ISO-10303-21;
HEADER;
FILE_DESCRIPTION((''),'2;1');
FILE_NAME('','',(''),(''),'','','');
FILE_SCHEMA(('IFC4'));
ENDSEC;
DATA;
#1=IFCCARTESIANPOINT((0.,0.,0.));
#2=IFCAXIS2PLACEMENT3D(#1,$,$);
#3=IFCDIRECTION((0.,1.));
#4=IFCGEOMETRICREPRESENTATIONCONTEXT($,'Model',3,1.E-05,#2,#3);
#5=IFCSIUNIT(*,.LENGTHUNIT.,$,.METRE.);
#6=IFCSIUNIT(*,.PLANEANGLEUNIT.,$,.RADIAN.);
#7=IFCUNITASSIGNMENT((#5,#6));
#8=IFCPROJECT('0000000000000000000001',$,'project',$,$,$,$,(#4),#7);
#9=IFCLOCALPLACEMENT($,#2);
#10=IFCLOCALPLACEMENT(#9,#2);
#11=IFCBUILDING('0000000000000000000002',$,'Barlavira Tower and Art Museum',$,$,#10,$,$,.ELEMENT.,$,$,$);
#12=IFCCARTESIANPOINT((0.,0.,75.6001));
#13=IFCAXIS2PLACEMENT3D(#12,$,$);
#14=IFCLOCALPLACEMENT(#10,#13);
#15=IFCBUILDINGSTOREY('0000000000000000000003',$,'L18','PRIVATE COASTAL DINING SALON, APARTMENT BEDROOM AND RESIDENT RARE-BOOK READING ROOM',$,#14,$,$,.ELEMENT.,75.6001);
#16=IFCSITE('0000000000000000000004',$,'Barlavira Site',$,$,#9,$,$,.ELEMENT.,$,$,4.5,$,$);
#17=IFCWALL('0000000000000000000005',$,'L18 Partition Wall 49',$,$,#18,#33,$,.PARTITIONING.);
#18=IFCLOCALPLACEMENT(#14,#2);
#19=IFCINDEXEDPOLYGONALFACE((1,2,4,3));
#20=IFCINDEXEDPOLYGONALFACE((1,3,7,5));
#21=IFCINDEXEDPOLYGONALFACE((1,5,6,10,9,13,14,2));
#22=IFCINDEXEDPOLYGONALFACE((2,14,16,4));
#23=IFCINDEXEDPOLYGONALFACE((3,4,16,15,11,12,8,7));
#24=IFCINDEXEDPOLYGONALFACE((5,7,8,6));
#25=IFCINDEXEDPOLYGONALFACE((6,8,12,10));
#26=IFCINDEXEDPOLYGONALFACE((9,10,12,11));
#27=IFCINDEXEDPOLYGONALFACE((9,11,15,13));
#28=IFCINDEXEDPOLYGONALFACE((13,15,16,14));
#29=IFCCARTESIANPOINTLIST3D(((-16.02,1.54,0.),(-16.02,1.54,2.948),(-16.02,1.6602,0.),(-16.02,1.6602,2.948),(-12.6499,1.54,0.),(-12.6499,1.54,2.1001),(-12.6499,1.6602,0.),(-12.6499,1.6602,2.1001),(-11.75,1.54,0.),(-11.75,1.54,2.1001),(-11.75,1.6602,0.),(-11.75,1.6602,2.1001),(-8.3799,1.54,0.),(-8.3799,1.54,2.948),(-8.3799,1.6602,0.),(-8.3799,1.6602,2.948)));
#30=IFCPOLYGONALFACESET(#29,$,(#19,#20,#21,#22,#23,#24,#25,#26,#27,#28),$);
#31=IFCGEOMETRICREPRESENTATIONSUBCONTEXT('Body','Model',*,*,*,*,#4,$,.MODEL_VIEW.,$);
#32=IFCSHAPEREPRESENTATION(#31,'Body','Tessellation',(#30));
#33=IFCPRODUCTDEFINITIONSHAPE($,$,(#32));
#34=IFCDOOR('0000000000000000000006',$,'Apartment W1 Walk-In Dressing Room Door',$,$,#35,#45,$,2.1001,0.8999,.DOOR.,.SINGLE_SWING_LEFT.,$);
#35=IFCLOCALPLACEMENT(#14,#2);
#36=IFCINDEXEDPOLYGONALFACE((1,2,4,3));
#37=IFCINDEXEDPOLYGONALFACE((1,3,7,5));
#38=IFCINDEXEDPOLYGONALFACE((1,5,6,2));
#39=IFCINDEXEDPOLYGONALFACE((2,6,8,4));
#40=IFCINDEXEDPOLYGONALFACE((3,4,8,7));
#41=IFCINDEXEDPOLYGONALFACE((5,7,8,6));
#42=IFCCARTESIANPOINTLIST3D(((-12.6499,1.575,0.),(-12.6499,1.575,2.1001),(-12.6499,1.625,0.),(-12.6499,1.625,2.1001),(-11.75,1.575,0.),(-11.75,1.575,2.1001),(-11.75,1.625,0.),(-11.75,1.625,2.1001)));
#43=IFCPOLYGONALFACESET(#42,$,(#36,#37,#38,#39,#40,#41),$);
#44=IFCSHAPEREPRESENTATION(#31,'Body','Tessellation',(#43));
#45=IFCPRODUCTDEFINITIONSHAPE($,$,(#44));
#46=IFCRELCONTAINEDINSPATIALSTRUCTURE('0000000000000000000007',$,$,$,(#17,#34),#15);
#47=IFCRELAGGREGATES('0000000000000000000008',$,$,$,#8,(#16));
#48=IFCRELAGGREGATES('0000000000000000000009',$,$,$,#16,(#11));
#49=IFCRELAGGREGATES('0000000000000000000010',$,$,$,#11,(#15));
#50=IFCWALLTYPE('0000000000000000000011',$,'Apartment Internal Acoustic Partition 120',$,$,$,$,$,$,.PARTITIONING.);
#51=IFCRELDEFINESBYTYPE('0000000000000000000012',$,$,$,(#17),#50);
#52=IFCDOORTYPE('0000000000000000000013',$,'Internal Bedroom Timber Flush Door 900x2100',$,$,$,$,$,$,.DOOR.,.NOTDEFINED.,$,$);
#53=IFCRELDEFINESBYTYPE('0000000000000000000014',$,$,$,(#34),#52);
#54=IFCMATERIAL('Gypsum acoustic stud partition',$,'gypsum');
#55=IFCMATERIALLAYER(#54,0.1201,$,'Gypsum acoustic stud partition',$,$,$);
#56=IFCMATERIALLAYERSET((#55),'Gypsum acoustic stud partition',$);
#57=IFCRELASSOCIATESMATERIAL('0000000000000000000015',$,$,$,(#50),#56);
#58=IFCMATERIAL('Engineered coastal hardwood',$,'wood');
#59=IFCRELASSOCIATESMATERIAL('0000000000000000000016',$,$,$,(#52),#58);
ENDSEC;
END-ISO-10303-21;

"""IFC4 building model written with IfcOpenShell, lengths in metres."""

from ifc_helpers import new_model, si_unit, direction, frame, frame_2d, origin, place, context, subcontext, project, spatial, rectangle, extrude, material, layer, layer_set, type_object, element, fill, save


model = new_model("IFC4")

# Units and contexts
model_context = context("Model", 3, precision=1e-05, world=origin(), true_north=direction((0.0, 1.0)))
body_context = subcontext(model_context, "Body", "Model", "MODEL_VIEW")
ifc_project = project(units=[si_unit("LENGTHUNIT", "METRE"), si_unit("PLANEANGLEUNIT", "RADIAN")], contexts=[model_context])

# Site, building, storey
site_placement = place(None, origin())
site = spatial("IfcSite", under=ifc_project, at=site_placement, Name="Barlavira Site", CompositionType="ELEMENT", RefElevation=4.5)
building_placement = place(site_placement, origin())
building = spatial("IfcBuilding", under=site, at=building_placement, Name="Barlavira Tower and Art Museum", CompositionType="ELEMENT")
storey_placement = place(building_placement, frame((0.0, 0.0, 75.6001)))
storey = spatial("IfcBuildingStorey", under=building, at=storey_placement, Name="L18", Description="PRIVATE COASTAL DINING SALON, APARTMENT BEDROOM AND RESIDENT RARE-BOOK READING ROOM", CompositionType="ELEMENT", Elevation=75.6001)

# Wall, opening, door
ifc_material_1 = material(Name="Gypsum acoustic stud partition", Category="gypsum")
ifc_layer_1 = layer(ifc_material_1, 0.1201, Name="Gypsum acoustic stud partition")
ifc_layer_set_1 = layer_set([ifc_layer_1], Name="Gypsum acoustic stud partition")
wall_type = type_object("IfcWallType", Name="Apartment Internal Acoustic Partition 120", PredefinedType="PARTITIONING", material=ifc_layer_set_1)
ifc_material_2 = material(Name="Engineered coastal hardwood", Category="wood")
door_type_1 = type_object("IfcDoorType", Name="Internal Bedroom Timber Flush Door 900x2100", OperationType="NOTDEFINED", PredefinedType="DOOR", material=ifc_material_2)
wall_1_placement = place(storey_placement, frame((-16.02, 1.6001, 0.0), z_axis=(0.0, 0.0, 1.0), x_axis=(1.0, 0.0, 0.0)))
wall_1 = element("IfcWall", 1, at=wall_1_placement, inside=storey, type_object=wall_type, Name="L18 Partition Wall 49", PredefinedType="PARTITIONING", context=body_context, shape_type="SweptSolid", body=[
    extrude(rectangle(XDim=7.6401, YDim=0.1201, at=frame_2d((3.8201, 0.0))), origin(), (0.0, 0.0, 1.0), 2.948),
])
opening_1_placement = place(wall_1_placement, frame((3.3701, 0.0, 0.0)))
opening_1 = element("IfcOpeningElement", 2, at=opening_1_placement, cuts=wall_1, PredefinedType="OPENING", context=body_context, shape_type="SweptSolid", body=[
    extrude(rectangle(XDim=0.8999, YDim=2.1001, at=frame_2d((0.45, 1.05))), frame((0.0, 0.0701, 0.0), z_axis=(0.0, -1.0, 0.0), x_axis=(1.0, 0.0, 0.0)), (0.0, 0.0, 1.0), 0.1401),
])
door_1_placement = place(opening_1_placement, origin())
door_1 = element("IfcDoor", 3, at=door_1_placement, inside=storey, type_object=door_type_1, Name="Apartment W1 Walk-In Dressing Room Door", OperationType="SINGLE_SWING_LEFT", OverallHeight=2.1001, OverallWidth=0.8999, PredefinedType="DOOR", context=body_context, shape_type="SweptSolid", body=[
    extrude(rectangle(XDim=0.8999, YDim=2.1001, at=frame_2d((0.45, 1.05))), frame((0.0, 0.0249, 0.0), z_axis=(0.0, -1.0, 0.0), x_axis=(1.0, 0.0, 0.0)), (0.0, 0.0, 1.0), 0.05),
])
fill(opening_1, door_1)

save(model, "model.ifc")
